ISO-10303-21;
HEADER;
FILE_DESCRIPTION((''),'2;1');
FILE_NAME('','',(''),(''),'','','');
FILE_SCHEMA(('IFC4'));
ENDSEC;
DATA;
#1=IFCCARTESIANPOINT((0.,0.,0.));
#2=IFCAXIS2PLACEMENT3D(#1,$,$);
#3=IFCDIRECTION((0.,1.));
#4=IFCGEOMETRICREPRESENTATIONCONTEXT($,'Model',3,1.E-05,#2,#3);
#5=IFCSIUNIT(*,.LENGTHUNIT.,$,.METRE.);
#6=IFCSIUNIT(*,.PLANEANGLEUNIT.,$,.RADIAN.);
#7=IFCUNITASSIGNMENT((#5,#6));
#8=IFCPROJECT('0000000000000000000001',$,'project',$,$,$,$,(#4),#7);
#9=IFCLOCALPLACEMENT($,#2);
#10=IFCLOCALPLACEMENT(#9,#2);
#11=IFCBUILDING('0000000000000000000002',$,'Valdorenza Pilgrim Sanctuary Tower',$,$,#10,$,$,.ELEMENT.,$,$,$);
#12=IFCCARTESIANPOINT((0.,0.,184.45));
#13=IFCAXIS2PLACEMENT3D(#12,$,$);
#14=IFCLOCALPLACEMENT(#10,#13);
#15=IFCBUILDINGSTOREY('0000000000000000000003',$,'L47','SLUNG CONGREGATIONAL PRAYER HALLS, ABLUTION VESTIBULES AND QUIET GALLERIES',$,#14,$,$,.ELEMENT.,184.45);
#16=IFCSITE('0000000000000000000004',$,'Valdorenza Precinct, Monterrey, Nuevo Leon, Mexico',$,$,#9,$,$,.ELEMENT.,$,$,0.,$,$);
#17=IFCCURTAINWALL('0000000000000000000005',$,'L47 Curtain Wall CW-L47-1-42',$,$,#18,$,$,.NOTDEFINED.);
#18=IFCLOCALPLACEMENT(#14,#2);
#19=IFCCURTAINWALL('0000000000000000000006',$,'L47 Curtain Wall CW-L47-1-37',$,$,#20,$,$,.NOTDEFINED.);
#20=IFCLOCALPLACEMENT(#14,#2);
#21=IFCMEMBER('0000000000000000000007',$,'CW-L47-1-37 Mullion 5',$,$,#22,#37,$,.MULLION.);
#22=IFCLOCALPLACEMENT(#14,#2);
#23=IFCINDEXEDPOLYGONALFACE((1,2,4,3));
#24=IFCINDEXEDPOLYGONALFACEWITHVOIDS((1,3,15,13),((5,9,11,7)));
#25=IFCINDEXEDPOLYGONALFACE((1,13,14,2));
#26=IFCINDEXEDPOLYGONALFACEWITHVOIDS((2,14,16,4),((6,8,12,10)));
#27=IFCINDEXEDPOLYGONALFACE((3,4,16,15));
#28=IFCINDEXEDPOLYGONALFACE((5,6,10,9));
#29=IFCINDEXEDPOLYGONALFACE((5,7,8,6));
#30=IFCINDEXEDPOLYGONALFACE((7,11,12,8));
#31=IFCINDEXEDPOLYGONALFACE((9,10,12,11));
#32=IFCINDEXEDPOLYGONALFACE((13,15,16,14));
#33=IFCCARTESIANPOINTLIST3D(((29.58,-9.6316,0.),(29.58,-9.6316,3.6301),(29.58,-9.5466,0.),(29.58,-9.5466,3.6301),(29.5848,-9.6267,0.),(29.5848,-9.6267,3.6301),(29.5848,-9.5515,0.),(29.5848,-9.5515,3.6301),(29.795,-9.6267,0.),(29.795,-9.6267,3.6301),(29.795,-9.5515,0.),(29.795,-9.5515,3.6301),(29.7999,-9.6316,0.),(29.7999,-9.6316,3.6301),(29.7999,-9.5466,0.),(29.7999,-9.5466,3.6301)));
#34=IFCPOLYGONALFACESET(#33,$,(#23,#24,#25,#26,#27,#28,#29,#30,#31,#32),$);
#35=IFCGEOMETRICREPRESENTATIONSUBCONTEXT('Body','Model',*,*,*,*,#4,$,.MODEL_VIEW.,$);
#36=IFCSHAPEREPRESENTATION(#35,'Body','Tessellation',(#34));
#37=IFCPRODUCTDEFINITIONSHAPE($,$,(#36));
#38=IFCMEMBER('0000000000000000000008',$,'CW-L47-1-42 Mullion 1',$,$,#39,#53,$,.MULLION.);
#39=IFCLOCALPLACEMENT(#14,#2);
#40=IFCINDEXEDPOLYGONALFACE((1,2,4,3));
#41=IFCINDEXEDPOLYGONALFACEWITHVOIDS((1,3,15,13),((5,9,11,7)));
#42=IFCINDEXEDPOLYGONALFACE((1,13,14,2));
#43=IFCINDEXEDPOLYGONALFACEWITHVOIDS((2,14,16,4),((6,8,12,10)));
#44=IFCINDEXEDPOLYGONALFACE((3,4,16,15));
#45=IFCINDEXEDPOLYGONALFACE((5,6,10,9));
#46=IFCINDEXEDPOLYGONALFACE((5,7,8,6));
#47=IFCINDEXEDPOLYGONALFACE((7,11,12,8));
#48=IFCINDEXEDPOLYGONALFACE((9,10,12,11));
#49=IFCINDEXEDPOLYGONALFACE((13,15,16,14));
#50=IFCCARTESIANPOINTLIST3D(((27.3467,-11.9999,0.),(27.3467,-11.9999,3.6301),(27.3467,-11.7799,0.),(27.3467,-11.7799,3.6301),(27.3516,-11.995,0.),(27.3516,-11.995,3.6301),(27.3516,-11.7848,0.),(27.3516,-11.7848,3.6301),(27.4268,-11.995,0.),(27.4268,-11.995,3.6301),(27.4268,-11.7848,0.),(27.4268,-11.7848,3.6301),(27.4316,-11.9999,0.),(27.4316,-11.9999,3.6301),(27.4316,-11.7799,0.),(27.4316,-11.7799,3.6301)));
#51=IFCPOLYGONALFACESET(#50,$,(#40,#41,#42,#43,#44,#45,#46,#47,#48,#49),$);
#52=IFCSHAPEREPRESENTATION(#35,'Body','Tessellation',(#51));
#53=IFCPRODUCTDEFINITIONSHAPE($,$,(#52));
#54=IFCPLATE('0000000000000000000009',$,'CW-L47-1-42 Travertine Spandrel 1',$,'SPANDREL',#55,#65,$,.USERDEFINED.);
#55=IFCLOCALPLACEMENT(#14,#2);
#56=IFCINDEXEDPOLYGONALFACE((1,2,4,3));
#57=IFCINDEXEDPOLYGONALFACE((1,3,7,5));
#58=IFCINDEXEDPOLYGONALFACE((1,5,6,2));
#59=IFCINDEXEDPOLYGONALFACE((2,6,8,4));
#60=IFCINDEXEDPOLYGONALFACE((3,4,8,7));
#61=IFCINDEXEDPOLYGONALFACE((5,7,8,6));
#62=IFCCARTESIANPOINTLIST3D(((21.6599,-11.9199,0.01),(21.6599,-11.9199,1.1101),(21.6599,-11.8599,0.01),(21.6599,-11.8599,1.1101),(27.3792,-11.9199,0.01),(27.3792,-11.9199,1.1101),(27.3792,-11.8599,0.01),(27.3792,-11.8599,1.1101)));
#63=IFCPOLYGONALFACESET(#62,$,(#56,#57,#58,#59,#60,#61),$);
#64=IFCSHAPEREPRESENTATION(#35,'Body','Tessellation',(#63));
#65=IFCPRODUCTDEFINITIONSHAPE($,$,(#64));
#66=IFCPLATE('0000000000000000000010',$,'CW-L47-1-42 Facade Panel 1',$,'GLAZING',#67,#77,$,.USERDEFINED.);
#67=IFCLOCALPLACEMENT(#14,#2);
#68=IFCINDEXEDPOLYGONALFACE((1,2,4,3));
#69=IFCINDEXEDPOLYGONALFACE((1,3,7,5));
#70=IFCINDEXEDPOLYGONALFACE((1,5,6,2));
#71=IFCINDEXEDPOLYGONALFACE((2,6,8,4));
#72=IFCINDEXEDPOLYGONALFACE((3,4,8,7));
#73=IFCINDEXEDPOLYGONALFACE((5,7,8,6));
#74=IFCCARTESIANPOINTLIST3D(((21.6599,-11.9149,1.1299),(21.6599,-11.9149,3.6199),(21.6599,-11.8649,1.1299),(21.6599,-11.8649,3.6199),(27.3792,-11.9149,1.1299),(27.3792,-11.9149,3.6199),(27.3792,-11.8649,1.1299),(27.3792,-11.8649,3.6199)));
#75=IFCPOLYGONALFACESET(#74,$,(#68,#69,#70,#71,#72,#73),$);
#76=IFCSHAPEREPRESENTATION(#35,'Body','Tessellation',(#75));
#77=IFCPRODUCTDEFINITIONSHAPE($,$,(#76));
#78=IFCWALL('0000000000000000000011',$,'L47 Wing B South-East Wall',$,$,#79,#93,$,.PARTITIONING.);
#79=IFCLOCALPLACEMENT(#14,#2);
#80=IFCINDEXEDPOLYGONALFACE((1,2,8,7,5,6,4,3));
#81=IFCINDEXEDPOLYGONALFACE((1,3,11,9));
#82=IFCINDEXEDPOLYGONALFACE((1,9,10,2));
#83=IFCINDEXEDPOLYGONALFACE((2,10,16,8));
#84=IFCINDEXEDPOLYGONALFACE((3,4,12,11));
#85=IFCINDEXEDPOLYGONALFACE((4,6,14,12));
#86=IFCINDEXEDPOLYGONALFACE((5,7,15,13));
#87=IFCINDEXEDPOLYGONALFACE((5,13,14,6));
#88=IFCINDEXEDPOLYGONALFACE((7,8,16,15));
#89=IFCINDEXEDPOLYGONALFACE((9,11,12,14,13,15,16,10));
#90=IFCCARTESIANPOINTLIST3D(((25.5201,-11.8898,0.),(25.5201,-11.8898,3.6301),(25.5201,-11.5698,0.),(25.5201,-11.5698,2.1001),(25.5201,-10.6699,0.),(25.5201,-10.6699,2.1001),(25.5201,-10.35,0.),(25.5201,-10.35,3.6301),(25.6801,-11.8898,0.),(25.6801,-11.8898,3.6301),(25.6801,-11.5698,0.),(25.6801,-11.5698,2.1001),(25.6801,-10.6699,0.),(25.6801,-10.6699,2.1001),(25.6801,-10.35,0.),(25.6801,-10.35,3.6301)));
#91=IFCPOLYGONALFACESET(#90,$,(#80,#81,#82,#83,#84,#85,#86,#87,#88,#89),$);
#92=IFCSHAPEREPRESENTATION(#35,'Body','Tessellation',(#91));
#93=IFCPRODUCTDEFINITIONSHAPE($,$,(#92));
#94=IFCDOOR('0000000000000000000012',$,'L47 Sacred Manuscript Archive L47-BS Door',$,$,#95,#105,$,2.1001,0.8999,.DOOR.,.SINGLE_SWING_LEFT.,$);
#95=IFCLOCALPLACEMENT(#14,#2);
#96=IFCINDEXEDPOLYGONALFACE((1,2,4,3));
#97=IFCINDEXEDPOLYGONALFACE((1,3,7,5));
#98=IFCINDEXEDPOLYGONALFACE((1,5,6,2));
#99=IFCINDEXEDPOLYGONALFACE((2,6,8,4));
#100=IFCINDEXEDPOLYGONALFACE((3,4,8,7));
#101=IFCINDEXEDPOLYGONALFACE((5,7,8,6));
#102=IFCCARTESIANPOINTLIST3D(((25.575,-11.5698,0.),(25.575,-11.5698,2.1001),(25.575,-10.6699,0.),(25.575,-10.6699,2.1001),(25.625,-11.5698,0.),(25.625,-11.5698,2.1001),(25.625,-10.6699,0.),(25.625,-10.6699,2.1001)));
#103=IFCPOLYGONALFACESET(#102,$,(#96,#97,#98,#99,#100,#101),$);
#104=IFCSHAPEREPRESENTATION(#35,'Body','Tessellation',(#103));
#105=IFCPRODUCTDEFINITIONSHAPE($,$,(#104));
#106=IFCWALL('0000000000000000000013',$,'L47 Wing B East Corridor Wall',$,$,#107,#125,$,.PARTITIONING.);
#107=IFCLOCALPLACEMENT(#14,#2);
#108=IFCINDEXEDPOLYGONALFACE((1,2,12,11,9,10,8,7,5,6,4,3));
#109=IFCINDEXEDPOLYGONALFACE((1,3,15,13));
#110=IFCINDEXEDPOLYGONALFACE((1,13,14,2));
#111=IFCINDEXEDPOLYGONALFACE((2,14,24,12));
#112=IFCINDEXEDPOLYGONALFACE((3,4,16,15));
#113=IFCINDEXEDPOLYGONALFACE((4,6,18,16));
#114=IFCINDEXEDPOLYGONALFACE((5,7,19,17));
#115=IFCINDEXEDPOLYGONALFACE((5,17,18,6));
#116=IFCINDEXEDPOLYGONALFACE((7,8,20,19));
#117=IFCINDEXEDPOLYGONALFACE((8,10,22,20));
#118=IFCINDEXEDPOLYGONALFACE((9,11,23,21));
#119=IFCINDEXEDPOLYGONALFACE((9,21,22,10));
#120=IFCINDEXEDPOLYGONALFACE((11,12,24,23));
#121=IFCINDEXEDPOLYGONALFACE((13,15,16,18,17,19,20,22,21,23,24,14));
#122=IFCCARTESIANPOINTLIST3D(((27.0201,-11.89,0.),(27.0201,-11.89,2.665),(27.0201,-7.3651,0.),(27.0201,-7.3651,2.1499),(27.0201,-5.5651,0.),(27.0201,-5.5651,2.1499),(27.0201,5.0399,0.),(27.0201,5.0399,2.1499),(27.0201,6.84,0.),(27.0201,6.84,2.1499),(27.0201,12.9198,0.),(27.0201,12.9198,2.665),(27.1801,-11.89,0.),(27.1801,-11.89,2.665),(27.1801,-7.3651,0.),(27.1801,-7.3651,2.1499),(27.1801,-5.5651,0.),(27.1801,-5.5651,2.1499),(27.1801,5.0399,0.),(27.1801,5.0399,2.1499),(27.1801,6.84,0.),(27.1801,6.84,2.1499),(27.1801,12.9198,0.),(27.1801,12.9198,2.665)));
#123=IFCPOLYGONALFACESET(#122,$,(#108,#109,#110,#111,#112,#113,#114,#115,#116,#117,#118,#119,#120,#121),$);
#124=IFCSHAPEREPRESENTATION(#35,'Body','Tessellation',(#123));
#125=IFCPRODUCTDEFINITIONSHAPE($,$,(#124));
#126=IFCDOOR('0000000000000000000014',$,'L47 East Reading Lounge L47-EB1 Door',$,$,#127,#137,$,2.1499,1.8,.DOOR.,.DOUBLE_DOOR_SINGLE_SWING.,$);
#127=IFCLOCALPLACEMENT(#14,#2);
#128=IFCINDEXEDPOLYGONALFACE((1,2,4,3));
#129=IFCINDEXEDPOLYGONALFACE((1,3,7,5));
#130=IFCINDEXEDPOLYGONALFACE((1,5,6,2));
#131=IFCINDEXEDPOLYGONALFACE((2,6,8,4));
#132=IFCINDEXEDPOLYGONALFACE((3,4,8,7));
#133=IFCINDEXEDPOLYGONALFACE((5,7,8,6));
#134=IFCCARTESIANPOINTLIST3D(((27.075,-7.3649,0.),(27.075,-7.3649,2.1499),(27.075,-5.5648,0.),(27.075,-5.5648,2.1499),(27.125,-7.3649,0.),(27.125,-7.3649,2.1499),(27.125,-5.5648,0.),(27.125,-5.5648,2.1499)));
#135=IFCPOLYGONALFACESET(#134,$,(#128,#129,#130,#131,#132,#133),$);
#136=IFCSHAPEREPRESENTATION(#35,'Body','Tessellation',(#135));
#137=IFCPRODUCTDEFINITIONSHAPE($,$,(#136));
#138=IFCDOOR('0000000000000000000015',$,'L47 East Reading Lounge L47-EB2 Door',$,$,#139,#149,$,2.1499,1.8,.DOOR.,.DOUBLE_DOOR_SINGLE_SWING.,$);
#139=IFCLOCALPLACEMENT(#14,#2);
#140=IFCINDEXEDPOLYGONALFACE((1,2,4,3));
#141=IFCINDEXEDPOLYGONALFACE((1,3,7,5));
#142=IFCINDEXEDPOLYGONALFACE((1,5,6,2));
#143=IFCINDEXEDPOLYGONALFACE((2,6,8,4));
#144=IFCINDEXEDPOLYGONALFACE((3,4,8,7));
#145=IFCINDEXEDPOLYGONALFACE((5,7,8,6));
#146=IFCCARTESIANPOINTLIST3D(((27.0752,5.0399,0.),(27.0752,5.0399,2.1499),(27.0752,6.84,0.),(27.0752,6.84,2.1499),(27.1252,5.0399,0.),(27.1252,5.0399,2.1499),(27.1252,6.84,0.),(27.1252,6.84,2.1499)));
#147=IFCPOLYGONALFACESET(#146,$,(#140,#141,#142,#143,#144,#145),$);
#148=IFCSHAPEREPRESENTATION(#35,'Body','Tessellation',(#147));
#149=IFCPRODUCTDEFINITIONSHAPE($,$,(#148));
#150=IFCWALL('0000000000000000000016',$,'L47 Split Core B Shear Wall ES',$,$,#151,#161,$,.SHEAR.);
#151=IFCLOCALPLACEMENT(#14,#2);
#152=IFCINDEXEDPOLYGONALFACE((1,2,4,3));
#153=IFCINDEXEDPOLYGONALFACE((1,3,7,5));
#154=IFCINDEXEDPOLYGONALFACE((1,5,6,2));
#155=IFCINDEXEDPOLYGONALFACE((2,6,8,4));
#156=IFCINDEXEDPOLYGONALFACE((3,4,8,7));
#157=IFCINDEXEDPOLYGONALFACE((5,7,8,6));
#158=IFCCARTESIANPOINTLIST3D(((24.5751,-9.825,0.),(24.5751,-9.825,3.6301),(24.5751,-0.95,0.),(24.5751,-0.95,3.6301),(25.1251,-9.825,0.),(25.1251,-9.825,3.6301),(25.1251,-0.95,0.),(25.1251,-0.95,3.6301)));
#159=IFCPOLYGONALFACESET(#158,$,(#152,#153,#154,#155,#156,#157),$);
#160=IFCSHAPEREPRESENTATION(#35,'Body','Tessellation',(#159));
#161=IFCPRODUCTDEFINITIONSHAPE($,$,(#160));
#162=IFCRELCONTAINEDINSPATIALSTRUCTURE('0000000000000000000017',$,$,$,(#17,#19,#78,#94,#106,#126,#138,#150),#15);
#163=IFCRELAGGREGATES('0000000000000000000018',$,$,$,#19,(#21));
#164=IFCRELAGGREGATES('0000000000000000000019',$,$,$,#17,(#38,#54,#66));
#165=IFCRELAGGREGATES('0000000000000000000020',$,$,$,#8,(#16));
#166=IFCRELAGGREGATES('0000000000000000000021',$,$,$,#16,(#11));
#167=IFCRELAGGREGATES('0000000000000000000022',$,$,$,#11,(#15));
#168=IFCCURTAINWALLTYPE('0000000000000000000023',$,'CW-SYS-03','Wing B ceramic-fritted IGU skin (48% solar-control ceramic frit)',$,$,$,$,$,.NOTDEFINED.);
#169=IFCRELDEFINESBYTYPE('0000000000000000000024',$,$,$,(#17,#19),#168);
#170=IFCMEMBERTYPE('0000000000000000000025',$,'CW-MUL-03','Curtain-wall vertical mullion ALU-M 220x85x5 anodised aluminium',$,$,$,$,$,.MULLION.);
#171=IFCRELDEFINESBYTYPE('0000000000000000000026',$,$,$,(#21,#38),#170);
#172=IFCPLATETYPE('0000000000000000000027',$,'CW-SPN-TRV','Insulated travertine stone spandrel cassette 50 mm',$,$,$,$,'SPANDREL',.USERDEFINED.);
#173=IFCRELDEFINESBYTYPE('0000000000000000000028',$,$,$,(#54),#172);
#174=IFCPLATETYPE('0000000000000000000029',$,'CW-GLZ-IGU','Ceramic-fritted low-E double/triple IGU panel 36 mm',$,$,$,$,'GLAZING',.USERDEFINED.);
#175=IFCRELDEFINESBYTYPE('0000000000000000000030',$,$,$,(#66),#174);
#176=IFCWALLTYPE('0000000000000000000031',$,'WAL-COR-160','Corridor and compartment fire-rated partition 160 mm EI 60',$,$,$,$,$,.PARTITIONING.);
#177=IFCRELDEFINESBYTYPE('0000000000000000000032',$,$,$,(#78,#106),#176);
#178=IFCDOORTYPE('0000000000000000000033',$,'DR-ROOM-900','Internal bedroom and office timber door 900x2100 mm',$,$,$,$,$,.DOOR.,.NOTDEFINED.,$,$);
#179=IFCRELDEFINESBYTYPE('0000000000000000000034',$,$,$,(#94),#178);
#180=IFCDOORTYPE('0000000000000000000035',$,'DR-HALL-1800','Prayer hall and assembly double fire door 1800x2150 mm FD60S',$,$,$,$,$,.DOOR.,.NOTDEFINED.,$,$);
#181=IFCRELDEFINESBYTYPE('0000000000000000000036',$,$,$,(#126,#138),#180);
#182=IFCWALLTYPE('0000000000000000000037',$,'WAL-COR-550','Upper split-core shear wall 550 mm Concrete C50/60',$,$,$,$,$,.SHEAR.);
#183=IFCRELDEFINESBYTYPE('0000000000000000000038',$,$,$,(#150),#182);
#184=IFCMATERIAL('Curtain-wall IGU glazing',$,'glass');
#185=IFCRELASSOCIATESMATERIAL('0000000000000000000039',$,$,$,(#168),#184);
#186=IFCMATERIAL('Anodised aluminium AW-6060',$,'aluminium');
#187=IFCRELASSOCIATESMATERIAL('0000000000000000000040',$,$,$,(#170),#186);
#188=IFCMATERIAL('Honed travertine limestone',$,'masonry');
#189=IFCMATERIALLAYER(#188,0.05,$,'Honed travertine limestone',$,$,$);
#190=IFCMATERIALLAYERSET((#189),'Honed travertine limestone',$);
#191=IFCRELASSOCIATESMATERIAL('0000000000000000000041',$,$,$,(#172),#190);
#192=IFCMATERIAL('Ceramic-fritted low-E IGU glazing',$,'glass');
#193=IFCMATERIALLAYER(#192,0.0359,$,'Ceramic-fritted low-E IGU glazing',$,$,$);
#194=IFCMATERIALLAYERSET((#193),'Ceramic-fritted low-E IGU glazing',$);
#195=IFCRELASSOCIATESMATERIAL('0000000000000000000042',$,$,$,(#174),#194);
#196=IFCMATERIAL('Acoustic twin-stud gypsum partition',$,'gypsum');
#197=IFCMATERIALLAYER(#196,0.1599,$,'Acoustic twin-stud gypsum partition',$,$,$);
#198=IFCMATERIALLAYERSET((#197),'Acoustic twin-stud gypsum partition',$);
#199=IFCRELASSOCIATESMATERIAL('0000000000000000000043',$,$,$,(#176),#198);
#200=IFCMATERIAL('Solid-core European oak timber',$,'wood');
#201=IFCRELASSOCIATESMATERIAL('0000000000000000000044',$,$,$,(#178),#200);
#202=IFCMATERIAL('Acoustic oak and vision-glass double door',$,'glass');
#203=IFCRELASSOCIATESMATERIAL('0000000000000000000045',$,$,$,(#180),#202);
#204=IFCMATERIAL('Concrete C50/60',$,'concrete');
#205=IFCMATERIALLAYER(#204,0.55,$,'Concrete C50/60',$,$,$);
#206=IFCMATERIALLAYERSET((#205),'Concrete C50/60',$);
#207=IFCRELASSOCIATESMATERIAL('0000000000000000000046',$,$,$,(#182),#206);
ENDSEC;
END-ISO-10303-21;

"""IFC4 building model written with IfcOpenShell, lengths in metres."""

from ifc_helpers import new_model, si_unit, direction, frame, frame_2d, origin, origin_2d, place, context, subcontext, project, spatial, rectangle, hollow_rectangle, extrude, source, transform, mapped, material, layer, layer_set, material_profile, profile_set, type_object, element, fill, aggregate, save


model = new_model("IFC4")

# Units and contexts
model_context = context("Model", 3, precision=1e-05, world=origin(), true_north=direction((0.0, 1.0)))
body_context = subcontext(model_context, "Body", "Model", "MODEL_VIEW")
ifc_project = project(units=[si_unit("LENGTHUNIT", "METRE"), si_unit("PLANEANGLEUNIT", "RADIAN")], contexts=[model_context])

# Site, building, storey
site_placement = place(None, origin())
site = spatial("IfcSite", under=ifc_project, at=site_placement, Name="Valdorenza Precinct, Monterrey, Nuevo Leon, Mexico", CompositionType="ELEMENT", RefElevation=0.0)
building_placement = place(site_placement, origin())
building = spatial("IfcBuilding", under=site, at=building_placement, Name="Valdorenza Pilgrim Sanctuary Tower", CompositionType="ELEMENT")
storey_placement = place(building_placement, frame((0.0, 0.0, 184.45)))
storey = spatial("IfcBuildingStorey", under=building, at=storey_placement, Name="L47", Description="SLUNG CONGREGATIONAL PRAYER HALLS, ABLUTION VESTIBULES AND QUIET GALLERIES", CompositionType="ELEMENT", Elevation=184.45)

# Shared definitions
ifc_material_1 = material(Name="Concrete C50/60", Category="concrete")

# Curtain walls, member
ifc_material_2 = material(Name="Curtain-wall IGU glazing", Category="glass")
curtain_wall_type = type_object("IfcCurtainWallType", Name="CW-SYS-03", Description="Wing B ceramic-fritted IGU skin (48% solar-control ceramic frit)", PredefinedType="NOTDEFINED", material=ifc_material_2)
curtain_wall_1_placement = place(storey_placement, origin())
curtain_wall_1 = element("IfcCurtainWall", 1, at=curtain_wall_1_placement, inside=storey, type_object=curtain_wall_type, Name="L47 Curtain Wall CW-L47-1-42", PredefinedType="NOTDEFINED")
ifc_material_3 = material(Name="Anodised aluminium AW-6060", Category="aluminium")
curtain_wall_2_placement = place(storey_placement, origin())
curtain_wall_2 = element("IfcCurtainWall", 2, at=curtain_wall_2_placement, inside=storey, type_object=curtain_wall_type, Name="L47 Curtain Wall CW-L47-1-37", PredefinedType="NOTDEFINED")
ifc_material_profile_1 = material_profile(ifc_material_3, hollow_rectangle(XDim=0.085, YDim=0.22, WallThickness=0.0049, at=origin_2d()), Name="ALU-M 220x85x5")
ifc_profile_set_1 = profile_set([ifc_material_profile_1], Name="Anodised aluminium AW-6060")
member_type_1 = type_object("IfcMemberType", Name="CW-MUL-03", Description="Curtain-wall vertical mullion ALU-M 220x85x5 anodised aluminium", PredefinedType="MULLION", material=ifc_profile_set_1)
shared_shape_1 = source(origin(), body_context, "Body", "SweptSolid", [
    extrude(hollow_rectangle(XDim=0.085, YDim=0.22, WallThickness=0.0049, at=origin_2d()), origin(), (0.0, 0.0, 1.0), 3.6301),
])
member_1_placement = place(storey_placement, frame((29.6899, -9.5891, 0.0), z_axis=(0.0, 0.0, 1.0), x_axis=(0.0, -1.0, 0.0)))
member_1 = element("IfcMember", 3, at=member_1_placement, type_object=member_type_1, Name="CW-L47-1-37 Mullion 5", PredefinedType="MULLION", context=body_context, shape_type="MappedRepresentation", body=[
    mapped(shared_shape_1, transform((0.0, 0.0, 0.0), x_axis=(1.0, 0.0, 0.0), y_axis=(0.0, 1.0, 0.0), z_axis=(0.0, 0.0, 1.0), scale=1.0)),
])
aggregate(curtain_wall_2, [member_1])

# Member
member_2_placement = place(storey_placement, frame((27.3892, -11.8899, 0.0), z_axis=(0.0, 0.0, 1.0), x_axis=(-1.0, 0.0, 0.0)))
member_2 = element("IfcMember", 4, at=member_2_placement, type_object=member_type_1, Name="CW-L47-1-42 Mullion 1", PredefinedType="MULLION", context=body_context, shape_type="MappedRepresentation", body=[
    mapped(shared_shape_1, transform((0.0, 0.0, 0.0), x_axis=(1.0, 0.0, 0.0), y_axis=(0.0, 1.0, 0.0), z_axis=(0.0, 0.0, 1.0), scale=1.0)),
])

# Plates
ifc_material_4 = material(Name="Honed travertine limestone", Category="masonry")
ifc_layer_1 = layer(ifc_material_4, 0.05, Name="Honed travertine limestone")
ifc_layer_set_1 = layer_set([ifc_layer_1], Name="Honed travertine limestone")
plate_type_1 = type_object("IfcPlateType", Name="CW-SPN-TRV", Description="Insulated travertine stone spandrel cassette 50 mm", ElementType="SPANDREL", PredefinedType="USERDEFINED", material=ifc_layer_set_1)
shared_shape_2 = source(origin(), body_context, "Body", "SweptSolid", [
    extrude(rectangle(XDim=5.7192, YDim=0.0601, at=origin_2d()), origin(), (0.0, 0.0, 1.0), 1.1001),
])
plate_1_placement = place(storey_placement, frame((24.5195, -11.8899, 0.01), z_axis=(0.0, 0.0, 1.0), x_axis=(-1.0, 0.0, 0.0)))
plate_1 = element("IfcPlate", 5, at=plate_1_placement, type_object=plate_type_1, Name="CW-L47-1-42 Travertine Spandrel 1", ObjectType="SPANDREL", PredefinedType="USERDEFINED", context=body_context, shape_type="MappedRepresentation", body=[
    mapped(shared_shape_2, transform((0.0, 0.0, 0.0), x_axis=(1.0, 0.0, 0.0), y_axis=(0.0, 1.0, 0.0), z_axis=(0.0, 0.0, 1.0), scale=1.0)),
])
ifc_material_5 = material(Name="Ceramic-fritted low-E IGU glazing", Category="glass")
ifc_layer_2 = layer(ifc_material_5, 0.0359, Name="Ceramic-fritted low-E IGU glazing")
ifc_layer_set_2 = layer_set([ifc_layer_2], Name="Ceramic-fritted low-E IGU glazing")
plate_type_2 = type_object("IfcPlateType", Name="CW-GLZ-IGU", Description="Ceramic-fritted low-E double/triple IGU panel 36 mm", ElementType="GLAZING", PredefinedType="USERDEFINED", material=ifc_layer_set_2)
shared_shape_3 = source(origin(), body_context, "Body", "SweptSolid", [
    extrude(rectangle(XDim=5.7192, YDim=0.05, at=origin_2d()), origin(), (0.0, 0.0, 1.0), 2.49),
])
plate_2_placement = place(storey_placement, frame((24.5195, -11.8899, 1.1299), z_axis=(0.0, 0.0, 1.0), x_axis=(-1.0, 0.0, 0.0)))
plate_2 = element("IfcPlate", 6, at=plate_2_placement, type_object=plate_type_2, Name="CW-L47-1-42 Facade Panel 1", ObjectType="GLAZING", PredefinedType="USERDEFINED", context=body_context, shape_type="MappedRepresentation", body=[
    mapped(shared_shape_3, transform((0.0, 0.0, 0.0), x_axis=(1.0, 0.0, 0.0), y_axis=(0.0, 1.0, 0.0), z_axis=(0.0, 0.0, 1.0), scale=1.0)),
])
aggregate(curtain_wall_1, [member_2, plate_1, plate_2])

# Wall, opening, door
ifc_material_6 = material(Name="Acoustic twin-stud gypsum partition", Category="gypsum")
ifc_layer_3 = layer(ifc_material_6, 0.1599, Name="Acoustic twin-stud gypsum partition")
ifc_layer_set_3 = layer_set([ifc_layer_3], Name="Acoustic twin-stud gypsum partition")
wall_type_1 = type_object("IfcWallType", Name="WAL-COR-160", Description="Corridor and compartment fire-rated partition 160 mm EI 60", PredefinedType="PARTITIONING", material=ifc_layer_set_3)
wall_1_placement = place(storey_placement, frame((25.6001, -11.8899, 0.0), z_axis=(0.0, 0.0, 1.0), x_axis=(0.0, 1.0, 0.0)))
wall_1 = element("IfcWall", 7, at=wall_1_placement, inside=storey, type_object=wall_type_1, Name="L47 Wing B South-East Wall", PredefinedType="PARTITIONING", context=body_context, shape_type="SweptSolid", body=[
    extrude(rectangle(XDim=1.5398, YDim=0.1599, at=frame_2d((0.77, 0.0))), origin(), (0.0, 0.0, 1.0), 3.6301),
])
opening_1_placement = place(wall_1_placement, frame((0.3201, 0.0, 0.0)))
opening_1 = element("IfcOpeningElement", 8, at=opening_1_placement, cuts=wall_1, PredefinedType="OPENING", context=body_context, shape_type="SweptSolid", body=[
    extrude(rectangle(XDim=0.8999, YDim=2.1001, at=frame_2d((0.45, 1.05))), frame((0.0, 0.0947, 0.0), z_axis=(0.0, -1.0, 0.0), x_axis=(1.0, 0.0, 0.0)), (0.0, 0.0, 1.0), 0.1897),
])
ifc_material_7 = material(Name="Solid-core European oak timber", Category="wood")
door_type_1 = type_object("IfcDoorType", Name="DR-ROOM-900", Description="Internal bedroom and office timber door 900x2100 mm", OperationType="NOTDEFINED", PredefinedType="DOOR", material=ifc_material_7)
door_1_placement = place(opening_1_placement, frame((0.8999, 0.0, 0.0), z_axis=(0.0, 0.0, 1.0), x_axis=(-1.0, 0.0, 0.0)))
door_1 = element("IfcDoor", 9, at=door_1_placement, inside=storey, type_object=door_type_1, Name="L47 Sacred Manuscript Archive L47-BS Door", OperationType="SINGLE_SWING_LEFT", OverallHeight=2.1001, OverallWidth=0.8999, PredefinedType="DOOR", context=body_context, shape_type="SweptSolid", body=[
    extrude(rectangle(XDim=0.8999, YDim=2.1001, at=frame_2d((0.45, 1.05))), frame((0.0, 0.0249, 0.0), z_axis=(0.0, -1.0, 0.0), x_axis=(1.0, 0.0, 0.0)), (0.0, 0.0, 1.0), 0.05),
])
fill(opening_1, door_1)

# Wall, openings, doors
wall_2_placement = place(storey_placement, frame((27.1001, -11.8899, 0.0), z_axis=(0.0, 0.0, 1.0), x_axis=(0.0, 1.0, 0.0)))
wall_2 = element("IfcWall", 10, at=wall_2_placement, inside=storey, type_object=wall_type_1, Name="L47 Wing B East Corridor Wall", PredefinedType="PARTITIONING", context=body_context, shape_type="SweptSolid", body=[
    extrude(rectangle(XDim=24.8098, YDim=0.1599, at=frame_2d((12.4048, 0.0))), origin(), (0.0, 0.0, 1.0), 2.665),
])
opening_2_placement = place(wall_2_placement, frame((4.5249, 0.0, 0.0)))
opening_2 = element("IfcOpeningElement", 11, at=opening_2_placement, cuts=wall_2, PredefinedType="OPENING", context=body_context, shape_type="SweptSolid", body=[
    extrude(rectangle(XDim=1.8, YDim=2.1499, at=frame_2d((0.8999, 1.075))), frame((0.0, 0.0947, 0.0), z_axis=(0.0, -1.0, 0.0), x_axis=(1.0, 0.0, 0.0)), (0.0, 0.0, 1.0), 0.1897),
])
opening_3_placement = place(wall_2_placement, frame((16.9299, 0.0, 0.0)))
opening_3 = element("IfcOpeningElement", 12, at=opening_3_placement, cuts=wall_2, PredefinedType="OPENING", context=body_context, shape_type="SweptSolid", body=[
    extrude(rectangle(XDim=1.8, YDim=2.1499, at=frame_2d((0.8999, 1.075))), frame((0.0, 0.0947, 0.0), z_axis=(0.0, -1.0, 0.0), x_axis=(1.0, 0.0, 0.0)), (0.0, 0.0, 1.0), 0.1897),
])
ifc_material_8 = material(Name="Acoustic oak and vision-glass double door", Category="glass")
door_type_2 = type_object("IfcDoorType", Name="DR-HALL-1800", Description="Prayer hall and assembly double fire door 1800x2150 mm FD60S", OperationType="NOTDEFINED", PredefinedType="DOOR", material=ifc_material_8)
door_2_placement = place(opening_2_placement, frame((1.8, 0.0, 0.0), z_axis=(0.0, 0.0, 1.0), x_axis=(-1.0, 0.0, 0.0)))
door_2 = element("IfcDoor", 13, at=door_2_placement, inside=storey, type_object=door_type_2, Name="L47 East Reading Lounge L47-EB1 Door", OperationType="DOUBLE_DOOR_SINGLE_SWING", OverallHeight=2.1499, OverallWidth=1.8, PredefinedType="DOOR", context=body_context, shape_type="SweptSolid", body=[
    extrude(rectangle(XDim=1.8, YDim=2.1499, at=frame_2d((0.8999, 1.075))), frame((0.0, 0.0249, 0.0), z_axis=(0.0, -1.0, 0.0), x_axis=(1.0, 0.0, 0.0)), (0.0, 0.0, 1.0), 0.05),
])
fill(opening_2, door_2)
door_3_placement = place(opening_3_placement, origin())
door_3 = element("IfcDoor", 14, at=door_3_placement, inside=storey, type_object=door_type_2, Name="L47 East Reading Lounge L47-EB2 Door", OperationType="DOUBLE_DOOR_SINGLE_SWING", OverallHeight=2.1499, OverallWidth=1.8, PredefinedType="DOOR", context=body_context, shape_type="SweptSolid", body=[
    extrude(rectangle(XDim=1.8, YDim=2.1499, at=frame_2d((0.8999, 1.075))), frame((0.0, 0.0249, 0.0), z_axis=(0.0, -1.0, 0.0), x_axis=(1.0, 0.0, 0.0)), (0.0, 0.0, 1.0), 0.05),
])
fill(opening_3, door_3)

# Wall
ifc_layer_4 = layer(ifc_material_1, 0.55, Name="Concrete C50/60")
ifc_layer_set_4 = layer_set([ifc_layer_4], Name="Concrete C50/60")
wall_type_2 = type_object("IfcWallType", Name="WAL-COR-550", Description="Upper split-core shear wall 550 mm Concrete C50/60", PredefinedType="SHEAR", material=ifc_layer_set_4)
wall_3_placement = place(storey_placement, frame((24.8501, -9.825, 0.0), z_axis=(0.0, 0.0, 1.0), x_axis=(0.0, 1.0, 0.0)))
element("IfcWall", 15, at=wall_3_placement, inside=storey, type_object=wall_type_2, Name="L47 Split Core B Shear Wall ES", PredefinedType="SHEAR", context=body_context, shape_type="SweptSolid", body=[
    extrude(rectangle(XDim=8.875, YDim=0.55, at=frame_2d((4.4375, 0.0))), origin(), (0.0, 0.0, 1.0), 3.6301),
])

save(model, "model.ifc")
